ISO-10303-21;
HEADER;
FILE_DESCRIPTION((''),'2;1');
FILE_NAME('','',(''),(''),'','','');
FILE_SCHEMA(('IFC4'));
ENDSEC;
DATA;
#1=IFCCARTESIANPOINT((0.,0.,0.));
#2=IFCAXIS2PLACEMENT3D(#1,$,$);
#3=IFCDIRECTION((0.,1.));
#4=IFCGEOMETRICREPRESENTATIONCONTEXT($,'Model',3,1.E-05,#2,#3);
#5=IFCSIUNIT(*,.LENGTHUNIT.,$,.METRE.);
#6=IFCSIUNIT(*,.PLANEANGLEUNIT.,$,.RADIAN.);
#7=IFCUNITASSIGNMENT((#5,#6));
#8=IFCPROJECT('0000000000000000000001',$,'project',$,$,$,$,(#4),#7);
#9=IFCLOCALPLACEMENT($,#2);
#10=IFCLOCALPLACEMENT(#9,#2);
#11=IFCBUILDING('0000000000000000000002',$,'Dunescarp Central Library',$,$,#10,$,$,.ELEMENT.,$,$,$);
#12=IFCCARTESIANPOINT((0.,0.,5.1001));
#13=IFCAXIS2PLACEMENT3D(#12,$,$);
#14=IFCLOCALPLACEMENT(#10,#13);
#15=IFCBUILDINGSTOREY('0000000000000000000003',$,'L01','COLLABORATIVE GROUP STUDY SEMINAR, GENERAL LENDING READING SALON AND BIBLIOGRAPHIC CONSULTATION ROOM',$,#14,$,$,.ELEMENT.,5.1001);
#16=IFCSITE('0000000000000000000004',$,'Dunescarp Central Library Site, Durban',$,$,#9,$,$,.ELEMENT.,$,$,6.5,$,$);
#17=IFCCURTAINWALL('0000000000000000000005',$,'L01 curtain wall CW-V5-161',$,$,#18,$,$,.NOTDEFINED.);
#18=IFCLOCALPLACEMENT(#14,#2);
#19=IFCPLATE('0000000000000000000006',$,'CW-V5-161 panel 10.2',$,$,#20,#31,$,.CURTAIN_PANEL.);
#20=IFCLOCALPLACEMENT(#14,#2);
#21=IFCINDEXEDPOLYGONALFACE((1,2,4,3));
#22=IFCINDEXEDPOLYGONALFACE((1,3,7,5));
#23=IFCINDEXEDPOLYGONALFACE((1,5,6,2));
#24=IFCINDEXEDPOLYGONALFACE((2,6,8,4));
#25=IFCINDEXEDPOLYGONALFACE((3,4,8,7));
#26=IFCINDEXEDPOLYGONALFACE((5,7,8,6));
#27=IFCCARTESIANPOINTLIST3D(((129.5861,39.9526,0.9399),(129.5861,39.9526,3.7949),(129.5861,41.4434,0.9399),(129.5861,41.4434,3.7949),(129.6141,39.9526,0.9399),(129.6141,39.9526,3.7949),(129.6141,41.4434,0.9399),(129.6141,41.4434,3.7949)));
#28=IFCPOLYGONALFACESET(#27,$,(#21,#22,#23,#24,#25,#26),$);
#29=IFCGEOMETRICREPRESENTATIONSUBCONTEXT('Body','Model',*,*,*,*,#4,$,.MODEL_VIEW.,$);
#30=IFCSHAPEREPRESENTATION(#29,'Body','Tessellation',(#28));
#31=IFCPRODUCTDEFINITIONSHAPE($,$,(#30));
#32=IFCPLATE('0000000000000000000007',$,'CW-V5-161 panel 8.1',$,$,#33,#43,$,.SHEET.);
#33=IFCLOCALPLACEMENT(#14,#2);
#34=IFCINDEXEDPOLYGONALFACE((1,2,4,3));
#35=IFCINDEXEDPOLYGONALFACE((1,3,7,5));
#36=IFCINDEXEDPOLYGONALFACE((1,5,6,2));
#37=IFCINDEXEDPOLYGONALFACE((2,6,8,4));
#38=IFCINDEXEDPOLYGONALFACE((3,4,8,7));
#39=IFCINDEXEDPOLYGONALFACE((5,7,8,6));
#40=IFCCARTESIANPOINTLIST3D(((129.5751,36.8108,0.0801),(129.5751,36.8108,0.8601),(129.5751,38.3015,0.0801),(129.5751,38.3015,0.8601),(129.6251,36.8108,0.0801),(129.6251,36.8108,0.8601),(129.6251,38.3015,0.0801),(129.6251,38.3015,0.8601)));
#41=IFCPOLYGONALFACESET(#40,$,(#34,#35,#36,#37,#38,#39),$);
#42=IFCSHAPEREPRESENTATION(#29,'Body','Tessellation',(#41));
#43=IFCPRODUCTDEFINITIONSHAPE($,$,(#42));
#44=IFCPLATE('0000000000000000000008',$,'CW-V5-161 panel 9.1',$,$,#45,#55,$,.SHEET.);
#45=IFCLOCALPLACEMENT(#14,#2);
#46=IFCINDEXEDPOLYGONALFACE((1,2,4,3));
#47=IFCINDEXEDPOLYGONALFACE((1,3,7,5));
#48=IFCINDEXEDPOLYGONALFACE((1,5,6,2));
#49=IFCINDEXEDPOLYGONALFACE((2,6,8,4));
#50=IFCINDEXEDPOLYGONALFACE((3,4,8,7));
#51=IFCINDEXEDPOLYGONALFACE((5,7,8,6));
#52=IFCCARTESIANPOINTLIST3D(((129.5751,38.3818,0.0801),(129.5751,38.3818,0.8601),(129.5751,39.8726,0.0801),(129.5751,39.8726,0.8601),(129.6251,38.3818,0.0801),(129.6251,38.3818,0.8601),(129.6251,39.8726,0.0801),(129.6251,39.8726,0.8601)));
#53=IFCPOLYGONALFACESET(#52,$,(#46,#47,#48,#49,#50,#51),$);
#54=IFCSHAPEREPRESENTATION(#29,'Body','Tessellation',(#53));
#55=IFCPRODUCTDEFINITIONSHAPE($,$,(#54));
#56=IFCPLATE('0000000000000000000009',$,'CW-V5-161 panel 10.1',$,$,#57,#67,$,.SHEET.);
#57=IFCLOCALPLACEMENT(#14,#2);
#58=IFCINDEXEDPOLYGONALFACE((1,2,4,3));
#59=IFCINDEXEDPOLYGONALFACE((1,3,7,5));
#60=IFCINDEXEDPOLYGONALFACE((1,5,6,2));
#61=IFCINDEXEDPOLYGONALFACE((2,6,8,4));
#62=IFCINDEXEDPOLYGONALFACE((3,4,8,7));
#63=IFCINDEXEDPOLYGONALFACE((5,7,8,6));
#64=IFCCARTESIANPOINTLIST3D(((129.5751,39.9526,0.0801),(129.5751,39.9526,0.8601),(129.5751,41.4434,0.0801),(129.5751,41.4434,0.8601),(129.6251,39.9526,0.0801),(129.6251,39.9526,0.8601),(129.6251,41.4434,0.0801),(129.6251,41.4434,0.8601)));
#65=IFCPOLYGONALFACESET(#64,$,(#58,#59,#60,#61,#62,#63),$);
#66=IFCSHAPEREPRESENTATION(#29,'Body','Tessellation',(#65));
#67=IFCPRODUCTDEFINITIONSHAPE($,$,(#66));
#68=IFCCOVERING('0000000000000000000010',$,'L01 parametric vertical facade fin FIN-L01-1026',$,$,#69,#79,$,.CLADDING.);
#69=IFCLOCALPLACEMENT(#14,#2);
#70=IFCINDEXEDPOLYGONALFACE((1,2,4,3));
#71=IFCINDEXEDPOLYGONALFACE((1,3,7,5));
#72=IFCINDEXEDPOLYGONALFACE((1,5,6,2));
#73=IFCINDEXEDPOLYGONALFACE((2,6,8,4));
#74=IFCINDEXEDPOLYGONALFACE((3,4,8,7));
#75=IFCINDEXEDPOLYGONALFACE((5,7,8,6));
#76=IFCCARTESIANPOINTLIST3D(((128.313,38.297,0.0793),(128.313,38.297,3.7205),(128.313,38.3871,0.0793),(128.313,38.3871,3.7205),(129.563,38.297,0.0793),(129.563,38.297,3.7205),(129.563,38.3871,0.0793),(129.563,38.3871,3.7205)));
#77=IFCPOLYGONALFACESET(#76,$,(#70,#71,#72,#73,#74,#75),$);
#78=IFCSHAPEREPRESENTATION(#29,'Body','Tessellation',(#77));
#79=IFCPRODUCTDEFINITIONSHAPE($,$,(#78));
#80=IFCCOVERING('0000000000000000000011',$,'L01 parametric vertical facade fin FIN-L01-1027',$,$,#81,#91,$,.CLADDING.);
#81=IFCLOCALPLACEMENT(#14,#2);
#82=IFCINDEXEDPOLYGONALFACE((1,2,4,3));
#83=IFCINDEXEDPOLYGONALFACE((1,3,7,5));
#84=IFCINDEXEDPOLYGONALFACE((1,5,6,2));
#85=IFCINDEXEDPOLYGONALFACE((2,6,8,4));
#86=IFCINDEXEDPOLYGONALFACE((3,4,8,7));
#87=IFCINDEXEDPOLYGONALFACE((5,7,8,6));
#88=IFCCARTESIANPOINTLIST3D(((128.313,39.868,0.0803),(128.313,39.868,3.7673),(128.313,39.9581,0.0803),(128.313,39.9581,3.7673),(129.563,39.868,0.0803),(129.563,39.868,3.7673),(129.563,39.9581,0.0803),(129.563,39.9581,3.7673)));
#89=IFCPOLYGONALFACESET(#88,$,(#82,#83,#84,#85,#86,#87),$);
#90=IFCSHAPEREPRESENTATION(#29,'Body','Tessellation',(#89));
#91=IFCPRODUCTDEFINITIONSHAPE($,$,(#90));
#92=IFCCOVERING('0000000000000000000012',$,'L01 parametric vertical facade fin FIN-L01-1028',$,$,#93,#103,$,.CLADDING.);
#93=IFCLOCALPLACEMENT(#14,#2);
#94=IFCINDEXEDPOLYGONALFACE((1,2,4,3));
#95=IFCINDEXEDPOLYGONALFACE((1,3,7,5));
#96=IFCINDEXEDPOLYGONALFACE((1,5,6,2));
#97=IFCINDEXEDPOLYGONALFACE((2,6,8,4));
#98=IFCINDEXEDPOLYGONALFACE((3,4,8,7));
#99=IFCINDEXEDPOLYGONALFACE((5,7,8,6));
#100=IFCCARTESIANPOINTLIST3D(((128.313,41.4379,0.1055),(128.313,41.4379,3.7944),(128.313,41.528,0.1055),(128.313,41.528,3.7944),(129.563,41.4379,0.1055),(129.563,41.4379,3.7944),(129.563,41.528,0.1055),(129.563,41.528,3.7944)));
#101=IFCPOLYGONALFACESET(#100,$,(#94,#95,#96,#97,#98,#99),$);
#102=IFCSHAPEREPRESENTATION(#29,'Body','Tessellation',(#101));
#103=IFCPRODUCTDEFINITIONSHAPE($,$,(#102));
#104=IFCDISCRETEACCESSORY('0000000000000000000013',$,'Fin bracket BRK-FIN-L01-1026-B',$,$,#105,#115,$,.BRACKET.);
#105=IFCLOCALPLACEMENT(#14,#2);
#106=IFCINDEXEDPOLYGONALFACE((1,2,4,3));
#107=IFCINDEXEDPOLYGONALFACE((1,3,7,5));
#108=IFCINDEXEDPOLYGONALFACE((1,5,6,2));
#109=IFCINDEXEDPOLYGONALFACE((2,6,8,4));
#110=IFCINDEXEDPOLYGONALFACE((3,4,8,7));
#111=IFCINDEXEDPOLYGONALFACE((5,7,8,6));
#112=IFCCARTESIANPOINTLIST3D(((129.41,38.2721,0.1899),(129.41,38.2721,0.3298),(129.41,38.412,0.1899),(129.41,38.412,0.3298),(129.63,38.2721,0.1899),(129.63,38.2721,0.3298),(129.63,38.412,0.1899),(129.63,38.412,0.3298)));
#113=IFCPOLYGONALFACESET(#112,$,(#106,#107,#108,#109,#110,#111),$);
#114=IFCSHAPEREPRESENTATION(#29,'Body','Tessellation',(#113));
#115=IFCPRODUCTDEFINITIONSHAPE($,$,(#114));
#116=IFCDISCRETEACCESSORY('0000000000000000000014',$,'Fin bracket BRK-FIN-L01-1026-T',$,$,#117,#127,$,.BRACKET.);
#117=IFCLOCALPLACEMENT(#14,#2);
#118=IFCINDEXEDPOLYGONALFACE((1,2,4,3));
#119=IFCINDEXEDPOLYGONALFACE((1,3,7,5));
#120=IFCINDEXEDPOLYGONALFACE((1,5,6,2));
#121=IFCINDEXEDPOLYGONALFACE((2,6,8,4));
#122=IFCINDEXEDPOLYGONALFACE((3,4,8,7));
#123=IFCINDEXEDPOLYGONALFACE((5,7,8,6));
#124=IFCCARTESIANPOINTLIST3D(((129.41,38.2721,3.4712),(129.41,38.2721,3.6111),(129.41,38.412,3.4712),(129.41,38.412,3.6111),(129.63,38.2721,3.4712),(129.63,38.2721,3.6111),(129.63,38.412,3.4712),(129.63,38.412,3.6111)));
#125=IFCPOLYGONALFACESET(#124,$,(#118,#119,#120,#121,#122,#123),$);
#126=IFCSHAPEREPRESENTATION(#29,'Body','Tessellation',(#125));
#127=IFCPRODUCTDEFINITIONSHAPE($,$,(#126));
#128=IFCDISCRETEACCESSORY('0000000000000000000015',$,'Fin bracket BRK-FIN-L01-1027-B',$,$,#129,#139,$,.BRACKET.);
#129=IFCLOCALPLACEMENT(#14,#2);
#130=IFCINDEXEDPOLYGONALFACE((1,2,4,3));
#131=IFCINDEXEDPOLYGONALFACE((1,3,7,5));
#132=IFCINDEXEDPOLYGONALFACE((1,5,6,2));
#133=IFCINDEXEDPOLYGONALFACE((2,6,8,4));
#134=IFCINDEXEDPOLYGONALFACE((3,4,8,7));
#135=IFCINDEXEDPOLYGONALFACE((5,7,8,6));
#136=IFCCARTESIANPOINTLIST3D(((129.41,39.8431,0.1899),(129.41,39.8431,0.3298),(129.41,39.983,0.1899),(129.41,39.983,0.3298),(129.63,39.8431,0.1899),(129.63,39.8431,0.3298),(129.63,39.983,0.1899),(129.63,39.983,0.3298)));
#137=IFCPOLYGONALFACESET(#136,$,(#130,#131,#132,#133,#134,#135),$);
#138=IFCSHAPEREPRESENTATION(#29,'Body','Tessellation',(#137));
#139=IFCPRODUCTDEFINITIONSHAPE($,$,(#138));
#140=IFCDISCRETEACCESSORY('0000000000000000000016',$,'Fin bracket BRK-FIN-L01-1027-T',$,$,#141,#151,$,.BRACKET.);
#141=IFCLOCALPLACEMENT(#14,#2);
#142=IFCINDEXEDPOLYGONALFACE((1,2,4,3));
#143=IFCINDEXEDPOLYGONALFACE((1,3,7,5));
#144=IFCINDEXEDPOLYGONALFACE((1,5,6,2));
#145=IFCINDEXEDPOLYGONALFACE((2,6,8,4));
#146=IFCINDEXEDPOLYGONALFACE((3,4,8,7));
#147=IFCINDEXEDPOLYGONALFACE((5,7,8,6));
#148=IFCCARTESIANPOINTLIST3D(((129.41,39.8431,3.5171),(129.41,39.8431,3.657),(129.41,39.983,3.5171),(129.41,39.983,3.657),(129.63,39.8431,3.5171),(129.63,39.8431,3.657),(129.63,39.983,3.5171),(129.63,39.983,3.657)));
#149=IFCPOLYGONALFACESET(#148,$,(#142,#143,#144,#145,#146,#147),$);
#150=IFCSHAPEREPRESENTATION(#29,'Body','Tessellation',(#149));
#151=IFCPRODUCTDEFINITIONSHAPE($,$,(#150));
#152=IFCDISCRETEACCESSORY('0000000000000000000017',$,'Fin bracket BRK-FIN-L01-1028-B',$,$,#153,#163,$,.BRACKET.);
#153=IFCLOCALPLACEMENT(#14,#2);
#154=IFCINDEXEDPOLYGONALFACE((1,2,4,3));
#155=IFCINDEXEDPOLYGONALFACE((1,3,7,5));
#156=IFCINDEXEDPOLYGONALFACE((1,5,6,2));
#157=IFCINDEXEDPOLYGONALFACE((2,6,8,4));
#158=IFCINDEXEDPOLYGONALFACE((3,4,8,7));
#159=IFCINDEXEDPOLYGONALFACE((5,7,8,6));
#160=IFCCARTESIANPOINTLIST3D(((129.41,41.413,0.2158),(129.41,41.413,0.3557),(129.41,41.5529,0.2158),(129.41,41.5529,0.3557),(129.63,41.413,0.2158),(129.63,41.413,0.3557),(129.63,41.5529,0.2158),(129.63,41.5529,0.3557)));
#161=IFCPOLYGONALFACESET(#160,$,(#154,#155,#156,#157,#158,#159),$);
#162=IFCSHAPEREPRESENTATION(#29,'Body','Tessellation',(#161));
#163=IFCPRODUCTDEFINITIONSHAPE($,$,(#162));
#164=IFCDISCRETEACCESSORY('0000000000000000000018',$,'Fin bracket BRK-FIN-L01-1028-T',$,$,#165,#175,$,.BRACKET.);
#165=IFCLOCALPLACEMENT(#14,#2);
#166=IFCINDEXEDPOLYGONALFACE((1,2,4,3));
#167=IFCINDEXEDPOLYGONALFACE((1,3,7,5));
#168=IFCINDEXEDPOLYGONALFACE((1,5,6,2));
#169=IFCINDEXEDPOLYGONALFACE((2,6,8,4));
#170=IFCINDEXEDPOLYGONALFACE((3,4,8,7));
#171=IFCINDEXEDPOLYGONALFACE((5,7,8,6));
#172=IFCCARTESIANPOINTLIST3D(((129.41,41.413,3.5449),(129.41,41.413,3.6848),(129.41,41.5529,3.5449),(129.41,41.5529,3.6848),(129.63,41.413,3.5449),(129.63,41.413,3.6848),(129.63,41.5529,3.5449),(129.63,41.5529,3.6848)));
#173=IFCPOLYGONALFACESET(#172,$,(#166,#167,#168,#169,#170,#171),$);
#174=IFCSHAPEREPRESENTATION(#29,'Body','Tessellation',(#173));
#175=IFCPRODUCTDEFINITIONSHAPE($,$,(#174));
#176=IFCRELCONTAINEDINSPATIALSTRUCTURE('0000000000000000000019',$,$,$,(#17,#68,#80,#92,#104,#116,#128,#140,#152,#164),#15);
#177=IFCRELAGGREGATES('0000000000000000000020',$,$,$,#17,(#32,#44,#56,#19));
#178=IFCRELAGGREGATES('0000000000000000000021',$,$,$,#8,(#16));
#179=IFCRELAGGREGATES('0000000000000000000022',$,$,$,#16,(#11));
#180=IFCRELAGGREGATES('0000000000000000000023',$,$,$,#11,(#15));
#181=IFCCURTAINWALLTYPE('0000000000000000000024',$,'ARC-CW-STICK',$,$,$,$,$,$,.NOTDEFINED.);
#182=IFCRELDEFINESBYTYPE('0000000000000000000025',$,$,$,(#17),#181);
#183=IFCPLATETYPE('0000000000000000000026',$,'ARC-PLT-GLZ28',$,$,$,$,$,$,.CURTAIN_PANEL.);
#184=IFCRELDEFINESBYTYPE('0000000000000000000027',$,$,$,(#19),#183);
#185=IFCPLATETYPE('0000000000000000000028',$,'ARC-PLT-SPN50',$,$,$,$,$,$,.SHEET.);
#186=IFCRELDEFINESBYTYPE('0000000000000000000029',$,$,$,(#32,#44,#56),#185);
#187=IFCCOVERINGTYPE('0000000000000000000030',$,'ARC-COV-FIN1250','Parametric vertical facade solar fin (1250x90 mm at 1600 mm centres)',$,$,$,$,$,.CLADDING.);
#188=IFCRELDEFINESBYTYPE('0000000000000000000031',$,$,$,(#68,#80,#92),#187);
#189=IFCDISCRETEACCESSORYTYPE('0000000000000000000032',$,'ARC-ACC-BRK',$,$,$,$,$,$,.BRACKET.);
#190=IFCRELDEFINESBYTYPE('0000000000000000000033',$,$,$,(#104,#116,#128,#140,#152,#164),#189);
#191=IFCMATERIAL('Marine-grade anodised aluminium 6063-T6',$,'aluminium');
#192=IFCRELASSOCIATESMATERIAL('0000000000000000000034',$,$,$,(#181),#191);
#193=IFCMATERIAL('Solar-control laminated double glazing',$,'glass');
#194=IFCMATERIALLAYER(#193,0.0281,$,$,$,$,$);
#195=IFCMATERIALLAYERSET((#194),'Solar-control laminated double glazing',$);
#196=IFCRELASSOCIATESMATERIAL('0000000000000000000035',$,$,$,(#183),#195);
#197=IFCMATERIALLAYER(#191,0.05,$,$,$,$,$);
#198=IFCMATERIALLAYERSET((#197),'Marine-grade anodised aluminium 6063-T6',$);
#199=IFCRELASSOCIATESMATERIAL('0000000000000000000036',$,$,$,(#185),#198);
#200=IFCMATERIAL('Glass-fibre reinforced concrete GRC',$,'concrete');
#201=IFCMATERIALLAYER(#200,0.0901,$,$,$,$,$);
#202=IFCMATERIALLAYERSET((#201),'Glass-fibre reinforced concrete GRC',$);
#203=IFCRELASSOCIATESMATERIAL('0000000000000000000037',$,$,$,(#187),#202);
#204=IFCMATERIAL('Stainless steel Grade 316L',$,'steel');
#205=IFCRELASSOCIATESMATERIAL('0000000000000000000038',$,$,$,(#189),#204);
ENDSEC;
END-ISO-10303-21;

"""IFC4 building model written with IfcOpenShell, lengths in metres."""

from ifc_helpers import new_model, si_unit, direction, frame, origin, origin_2d, place, context, subcontext, project, spatial, rectangle, extrude, material, layer, layer_set, type_object, element, aggregate, save


model = new_model("IFC4")

# Units and contexts
model_context = context("Model", 3, precision=1e-05, world=origin(), true_north=direction((0.0, 1.0)))
body_context = subcontext(model_context, "Body", "Model", "MODEL_VIEW")
ifc_project = project(units=[si_unit("LENGTHUNIT", "METRE"), si_unit("PLANEANGLEUNIT", "RADIAN")], contexts=[model_context])

# Site, building, storey
site_placement = place(None, origin())
site = spatial("IfcSite", under=ifc_project, at=site_placement, Name="Dunescarp Central Library Site, Durban", CompositionType="ELEMENT", RefElevation=6.5)
building_placement = place(site_placement, origin())
building = spatial("IfcBuilding", under=site, at=building_placement, Name="Dunescarp Central Library", CompositionType="ELEMENT")
storey_placement = place(building_placement, frame((0.0, 0.0, 5.1001)))
storey = spatial("IfcBuildingStorey", under=building, at=storey_placement, Name="L01", Description="COLLABORATIVE GROUP STUDY SEMINAR, GENERAL LENDING READING SALON AND BIBLIOGRAPHIC CONSULTATION ROOM", CompositionType="ELEMENT", Elevation=5.1001)

# Curtain wall, plates
ifc_material_1 = material(Name="Marine-grade anodised aluminium 6063-T6", Category="aluminium")
curtain_wall_type = type_object("IfcCurtainWallType", Name="ARC-CW-STICK", PredefinedType="NOTDEFINED", material=ifc_material_1)
curtain_wall_placement = place(storey_placement, origin())
curtain_wall = element("IfcCurtainWall", 1, at=curtain_wall_placement, inside=storey, type_object=curtain_wall_type, Name="L01 curtain wall CW-V5-161", PredefinedType="NOTDEFINED")
ifc_material_2 = material(Name="Solar-control laminated double glazing", Category="glass")
ifc_layer_1 = layer(ifc_material_2, 0.0281)
ifc_layer_set_1 = layer_set([ifc_layer_1], Name="Solar-control laminated double glazing")
plate_type_1 = type_object("IfcPlateType", Name="ARC-PLT-GLZ28", PredefinedType="CURTAIN_PANEL", material=ifc_layer_set_1)
plate_1_placement = place(storey_placement, frame((129.6001, 40.698, 0.9399), z_axis=(0.0, 0.0, 1.0), x_axis=(0.0, 1.0, 0.0)))
plate_1 = element("IfcPlate", 2, at=plate_1_placement, type_object=plate_type_1, Name="CW-V5-161 panel 10.2", PredefinedType="CURTAIN_PANEL", context=body_context, shape_type="SweptSolid", body=[
    extrude(rectangle(XDim=1.4907, YDim=0.0281, at=origin_2d()), origin(), (0.0, 0.0, 1.0), 2.855),
])
ifc_layer_2 = layer(ifc_material_1, 0.05)
ifc_layer_set_2 = layer_set([ifc_layer_2], Name="Marine-grade anodised aluminium 6063-T6")
plate_type_2 = type_object("IfcPlateType", Name="ARC-PLT-SPN50", PredefinedType="SHEET", material=ifc_layer_set_2)
plate_2_placement = place(storey_placement, frame((129.6001, 37.5562, 0.0801), z_axis=(0.0, 0.0, 1.0), x_axis=(0.0, 1.0, 0.0)))
plate_2 = element("IfcPlate", 3, at=plate_2_placement, type_object=plate_type_2, Name="CW-V5-161 panel 8.1", PredefinedType="SHEET", context=body_context, shape_type="SweptSolid", body=[
    extrude(rectangle(XDim=1.4907, YDim=0.05, at=origin_2d()), origin(), (0.0, 0.0, 1.0), 0.78),
])
plate_3_placement = place(storey_placement, frame((129.6001, 39.1272, 0.0801), z_axis=(0.0, 0.0, 1.0), x_axis=(0.0, 1.0, 0.0)))
plate_3 = element("IfcPlate", 4, at=plate_3_placement, type_object=plate_type_2, Name="CW-V5-161 panel 9.1", PredefinedType="SHEET", context=body_context, shape_type="SweptSolid", body=[
    extrude(rectangle(XDim=1.4907, YDim=0.05, at=origin_2d()), origin(), (0.0, 0.0, 1.0), 0.78),
])
plate_4_placement = place(storey_placement, frame((129.6001, 40.698, 0.0801), z_axis=(0.0, 0.0, 1.0), x_axis=(0.0, 1.0, 0.0)))
plate_4 = element("IfcPlate", 5, at=plate_4_placement, type_object=plate_type_2, Name="CW-V5-161 panel 10.1", PredefinedType="SHEET", context=body_context, shape_type="SweptSolid", body=[
    extrude(rectangle(XDim=1.4907, YDim=0.05, at=origin_2d()), origin(), (0.0, 0.0, 1.0), 0.78),
])
aggregate(curtain_wall, [plate_2, plate_3, plate_4, plate_1])

# Coverings
ifc_material_3 = material(Name="Glass-fibre reinforced concrete GRC", Category="concrete")
ifc_layer_3 = layer(ifc_material_3, 0.0901)
ifc_layer_set_3 = layer_set([ifc_layer_3], Name="Glass-fibre reinforced concrete GRC")
covering_type = type_object("IfcCoveringType", Name="ARC-COV-FIN1250", Description="Parametric vertical facade solar fin (1250x90 mm at 1600 mm centres)", PredefinedType="CLADDING", material=ifc_layer_set_3)
covering_1_placement = place(storey_placement, frame((128.938, 38.342, 0.0793), z_axis=(0.0, 0.0, 1.0), x_axis=(-1.0, 0.0, 0.0)))
element("IfcCovering", 6, at=covering_1_placement, inside=storey, type_object=covering_type, Name="L01 parametric vertical facade fin FIN-L01-1026", PredefinedType="CLADDING", context=body_context, shape_type="SweptSolid", body=[
    extrude(rectangle(XDim=1.25, YDim=0.0901, at=origin_2d()), origin(), (0.0, 0.0, 1.0), 3.6411),
])
covering_2_placement = place(storey_placement, frame((128.938, 39.9131, 0.0803), z_axis=(0.0, 0.0, 1.0), x_axis=(-1.0, 0.0, 0.0)))
element("IfcCovering", 7, at=covering_2_placement, inside=storey, type_object=covering_type, Name="L01 parametric vertical facade fin FIN-L01-1027", PredefinedType="CLADDING", context=body_context, shape_type="SweptSolid", body=[
    extrude(rectangle(XDim=1.25, YDim=0.0901, at=origin_2d()), origin(), (0.0, 0.0, 1.0), 3.687),
])
covering_3_placement = place(storey_placement, frame((128.938, 41.4829, 0.1055), z_axis=(0.0, 0.0, 1.0), x_axis=(-1.0, 0.0, 0.0)))
element("IfcCovering", 8, at=covering_3_placement, inside=storey, type_object=covering_type, Name="L01 parametric vertical facade fin FIN-L01-1028", PredefinedType="CLADDING", context=body_context, shape_type="SweptSolid", body=[
    extrude(rectangle(XDim=1.25, YDim=0.0901, at=origin_2d()), origin(), (0.0, 0.0, 1.0), 3.689),
])

# Discrete accessories
ifc_material_4 = material(Name="Stainless steel Grade 316L", Category="steel")
discrete_accessory_type = type_object("IfcDiscreteAccessoryType", Name="ARC-ACC-BRK", PredefinedType="BRACKET", material=ifc_material_4)
for number, where, z_axis, x_axis, name in (
    (9, (129.52, 38.342, 0.1899), (0.0, 0.0, 1.0), (-1.0, 0.0, 0.0), "Fin bracket BRK-FIN-L01-1026-B"),
    (10, (129.52, 38.342, 3.4712), (0.0, 0.0, 1.0), (-1.0, 0.0, 0.0), "Fin bracket BRK-FIN-L01-1026-T"),
    (11, (129.52, 39.9131, 0.1899), (0.0, 0.0, 1.0), (-1.0, 0.0, 0.0), "Fin bracket BRK-FIN-L01-1027-B"),
    (12, (129.52, 39.9131, 3.5171), (0.0, 0.0, 1.0), (-1.0, 0.0, 0.0), "Fin bracket BRK-FIN-L01-1027-T"),
    (13, (129.52, 41.4829, 0.2158), (0.0, 0.0, 1.0), (-1.0, 0.0, 0.0), "Fin bracket BRK-FIN-L01-1028-B"),
    (14, (129.52, 41.4829, 3.5449), (0.0, 0.0, 1.0), (-1.0, 0.0, 0.0), "Fin bracket BRK-FIN-L01-1028-T"),
):
    element("IfcDiscreteAccessory", number, at=place(storey_placement, frame(where, z_axis=z_axis, x_axis=x_axis)), inside=storey, type_object=discrete_accessory_type, Name=name, PredefinedType="BRACKET", context=body_context, shape_type="SweptSolid", body=[
        extrude(rectangle(XDim=0.22, YDim=0.1399, at=origin_2d()), origin(), (0.0, 0.0, 1.0), 0.1399),
    ])

save(model, "model.ifc")
